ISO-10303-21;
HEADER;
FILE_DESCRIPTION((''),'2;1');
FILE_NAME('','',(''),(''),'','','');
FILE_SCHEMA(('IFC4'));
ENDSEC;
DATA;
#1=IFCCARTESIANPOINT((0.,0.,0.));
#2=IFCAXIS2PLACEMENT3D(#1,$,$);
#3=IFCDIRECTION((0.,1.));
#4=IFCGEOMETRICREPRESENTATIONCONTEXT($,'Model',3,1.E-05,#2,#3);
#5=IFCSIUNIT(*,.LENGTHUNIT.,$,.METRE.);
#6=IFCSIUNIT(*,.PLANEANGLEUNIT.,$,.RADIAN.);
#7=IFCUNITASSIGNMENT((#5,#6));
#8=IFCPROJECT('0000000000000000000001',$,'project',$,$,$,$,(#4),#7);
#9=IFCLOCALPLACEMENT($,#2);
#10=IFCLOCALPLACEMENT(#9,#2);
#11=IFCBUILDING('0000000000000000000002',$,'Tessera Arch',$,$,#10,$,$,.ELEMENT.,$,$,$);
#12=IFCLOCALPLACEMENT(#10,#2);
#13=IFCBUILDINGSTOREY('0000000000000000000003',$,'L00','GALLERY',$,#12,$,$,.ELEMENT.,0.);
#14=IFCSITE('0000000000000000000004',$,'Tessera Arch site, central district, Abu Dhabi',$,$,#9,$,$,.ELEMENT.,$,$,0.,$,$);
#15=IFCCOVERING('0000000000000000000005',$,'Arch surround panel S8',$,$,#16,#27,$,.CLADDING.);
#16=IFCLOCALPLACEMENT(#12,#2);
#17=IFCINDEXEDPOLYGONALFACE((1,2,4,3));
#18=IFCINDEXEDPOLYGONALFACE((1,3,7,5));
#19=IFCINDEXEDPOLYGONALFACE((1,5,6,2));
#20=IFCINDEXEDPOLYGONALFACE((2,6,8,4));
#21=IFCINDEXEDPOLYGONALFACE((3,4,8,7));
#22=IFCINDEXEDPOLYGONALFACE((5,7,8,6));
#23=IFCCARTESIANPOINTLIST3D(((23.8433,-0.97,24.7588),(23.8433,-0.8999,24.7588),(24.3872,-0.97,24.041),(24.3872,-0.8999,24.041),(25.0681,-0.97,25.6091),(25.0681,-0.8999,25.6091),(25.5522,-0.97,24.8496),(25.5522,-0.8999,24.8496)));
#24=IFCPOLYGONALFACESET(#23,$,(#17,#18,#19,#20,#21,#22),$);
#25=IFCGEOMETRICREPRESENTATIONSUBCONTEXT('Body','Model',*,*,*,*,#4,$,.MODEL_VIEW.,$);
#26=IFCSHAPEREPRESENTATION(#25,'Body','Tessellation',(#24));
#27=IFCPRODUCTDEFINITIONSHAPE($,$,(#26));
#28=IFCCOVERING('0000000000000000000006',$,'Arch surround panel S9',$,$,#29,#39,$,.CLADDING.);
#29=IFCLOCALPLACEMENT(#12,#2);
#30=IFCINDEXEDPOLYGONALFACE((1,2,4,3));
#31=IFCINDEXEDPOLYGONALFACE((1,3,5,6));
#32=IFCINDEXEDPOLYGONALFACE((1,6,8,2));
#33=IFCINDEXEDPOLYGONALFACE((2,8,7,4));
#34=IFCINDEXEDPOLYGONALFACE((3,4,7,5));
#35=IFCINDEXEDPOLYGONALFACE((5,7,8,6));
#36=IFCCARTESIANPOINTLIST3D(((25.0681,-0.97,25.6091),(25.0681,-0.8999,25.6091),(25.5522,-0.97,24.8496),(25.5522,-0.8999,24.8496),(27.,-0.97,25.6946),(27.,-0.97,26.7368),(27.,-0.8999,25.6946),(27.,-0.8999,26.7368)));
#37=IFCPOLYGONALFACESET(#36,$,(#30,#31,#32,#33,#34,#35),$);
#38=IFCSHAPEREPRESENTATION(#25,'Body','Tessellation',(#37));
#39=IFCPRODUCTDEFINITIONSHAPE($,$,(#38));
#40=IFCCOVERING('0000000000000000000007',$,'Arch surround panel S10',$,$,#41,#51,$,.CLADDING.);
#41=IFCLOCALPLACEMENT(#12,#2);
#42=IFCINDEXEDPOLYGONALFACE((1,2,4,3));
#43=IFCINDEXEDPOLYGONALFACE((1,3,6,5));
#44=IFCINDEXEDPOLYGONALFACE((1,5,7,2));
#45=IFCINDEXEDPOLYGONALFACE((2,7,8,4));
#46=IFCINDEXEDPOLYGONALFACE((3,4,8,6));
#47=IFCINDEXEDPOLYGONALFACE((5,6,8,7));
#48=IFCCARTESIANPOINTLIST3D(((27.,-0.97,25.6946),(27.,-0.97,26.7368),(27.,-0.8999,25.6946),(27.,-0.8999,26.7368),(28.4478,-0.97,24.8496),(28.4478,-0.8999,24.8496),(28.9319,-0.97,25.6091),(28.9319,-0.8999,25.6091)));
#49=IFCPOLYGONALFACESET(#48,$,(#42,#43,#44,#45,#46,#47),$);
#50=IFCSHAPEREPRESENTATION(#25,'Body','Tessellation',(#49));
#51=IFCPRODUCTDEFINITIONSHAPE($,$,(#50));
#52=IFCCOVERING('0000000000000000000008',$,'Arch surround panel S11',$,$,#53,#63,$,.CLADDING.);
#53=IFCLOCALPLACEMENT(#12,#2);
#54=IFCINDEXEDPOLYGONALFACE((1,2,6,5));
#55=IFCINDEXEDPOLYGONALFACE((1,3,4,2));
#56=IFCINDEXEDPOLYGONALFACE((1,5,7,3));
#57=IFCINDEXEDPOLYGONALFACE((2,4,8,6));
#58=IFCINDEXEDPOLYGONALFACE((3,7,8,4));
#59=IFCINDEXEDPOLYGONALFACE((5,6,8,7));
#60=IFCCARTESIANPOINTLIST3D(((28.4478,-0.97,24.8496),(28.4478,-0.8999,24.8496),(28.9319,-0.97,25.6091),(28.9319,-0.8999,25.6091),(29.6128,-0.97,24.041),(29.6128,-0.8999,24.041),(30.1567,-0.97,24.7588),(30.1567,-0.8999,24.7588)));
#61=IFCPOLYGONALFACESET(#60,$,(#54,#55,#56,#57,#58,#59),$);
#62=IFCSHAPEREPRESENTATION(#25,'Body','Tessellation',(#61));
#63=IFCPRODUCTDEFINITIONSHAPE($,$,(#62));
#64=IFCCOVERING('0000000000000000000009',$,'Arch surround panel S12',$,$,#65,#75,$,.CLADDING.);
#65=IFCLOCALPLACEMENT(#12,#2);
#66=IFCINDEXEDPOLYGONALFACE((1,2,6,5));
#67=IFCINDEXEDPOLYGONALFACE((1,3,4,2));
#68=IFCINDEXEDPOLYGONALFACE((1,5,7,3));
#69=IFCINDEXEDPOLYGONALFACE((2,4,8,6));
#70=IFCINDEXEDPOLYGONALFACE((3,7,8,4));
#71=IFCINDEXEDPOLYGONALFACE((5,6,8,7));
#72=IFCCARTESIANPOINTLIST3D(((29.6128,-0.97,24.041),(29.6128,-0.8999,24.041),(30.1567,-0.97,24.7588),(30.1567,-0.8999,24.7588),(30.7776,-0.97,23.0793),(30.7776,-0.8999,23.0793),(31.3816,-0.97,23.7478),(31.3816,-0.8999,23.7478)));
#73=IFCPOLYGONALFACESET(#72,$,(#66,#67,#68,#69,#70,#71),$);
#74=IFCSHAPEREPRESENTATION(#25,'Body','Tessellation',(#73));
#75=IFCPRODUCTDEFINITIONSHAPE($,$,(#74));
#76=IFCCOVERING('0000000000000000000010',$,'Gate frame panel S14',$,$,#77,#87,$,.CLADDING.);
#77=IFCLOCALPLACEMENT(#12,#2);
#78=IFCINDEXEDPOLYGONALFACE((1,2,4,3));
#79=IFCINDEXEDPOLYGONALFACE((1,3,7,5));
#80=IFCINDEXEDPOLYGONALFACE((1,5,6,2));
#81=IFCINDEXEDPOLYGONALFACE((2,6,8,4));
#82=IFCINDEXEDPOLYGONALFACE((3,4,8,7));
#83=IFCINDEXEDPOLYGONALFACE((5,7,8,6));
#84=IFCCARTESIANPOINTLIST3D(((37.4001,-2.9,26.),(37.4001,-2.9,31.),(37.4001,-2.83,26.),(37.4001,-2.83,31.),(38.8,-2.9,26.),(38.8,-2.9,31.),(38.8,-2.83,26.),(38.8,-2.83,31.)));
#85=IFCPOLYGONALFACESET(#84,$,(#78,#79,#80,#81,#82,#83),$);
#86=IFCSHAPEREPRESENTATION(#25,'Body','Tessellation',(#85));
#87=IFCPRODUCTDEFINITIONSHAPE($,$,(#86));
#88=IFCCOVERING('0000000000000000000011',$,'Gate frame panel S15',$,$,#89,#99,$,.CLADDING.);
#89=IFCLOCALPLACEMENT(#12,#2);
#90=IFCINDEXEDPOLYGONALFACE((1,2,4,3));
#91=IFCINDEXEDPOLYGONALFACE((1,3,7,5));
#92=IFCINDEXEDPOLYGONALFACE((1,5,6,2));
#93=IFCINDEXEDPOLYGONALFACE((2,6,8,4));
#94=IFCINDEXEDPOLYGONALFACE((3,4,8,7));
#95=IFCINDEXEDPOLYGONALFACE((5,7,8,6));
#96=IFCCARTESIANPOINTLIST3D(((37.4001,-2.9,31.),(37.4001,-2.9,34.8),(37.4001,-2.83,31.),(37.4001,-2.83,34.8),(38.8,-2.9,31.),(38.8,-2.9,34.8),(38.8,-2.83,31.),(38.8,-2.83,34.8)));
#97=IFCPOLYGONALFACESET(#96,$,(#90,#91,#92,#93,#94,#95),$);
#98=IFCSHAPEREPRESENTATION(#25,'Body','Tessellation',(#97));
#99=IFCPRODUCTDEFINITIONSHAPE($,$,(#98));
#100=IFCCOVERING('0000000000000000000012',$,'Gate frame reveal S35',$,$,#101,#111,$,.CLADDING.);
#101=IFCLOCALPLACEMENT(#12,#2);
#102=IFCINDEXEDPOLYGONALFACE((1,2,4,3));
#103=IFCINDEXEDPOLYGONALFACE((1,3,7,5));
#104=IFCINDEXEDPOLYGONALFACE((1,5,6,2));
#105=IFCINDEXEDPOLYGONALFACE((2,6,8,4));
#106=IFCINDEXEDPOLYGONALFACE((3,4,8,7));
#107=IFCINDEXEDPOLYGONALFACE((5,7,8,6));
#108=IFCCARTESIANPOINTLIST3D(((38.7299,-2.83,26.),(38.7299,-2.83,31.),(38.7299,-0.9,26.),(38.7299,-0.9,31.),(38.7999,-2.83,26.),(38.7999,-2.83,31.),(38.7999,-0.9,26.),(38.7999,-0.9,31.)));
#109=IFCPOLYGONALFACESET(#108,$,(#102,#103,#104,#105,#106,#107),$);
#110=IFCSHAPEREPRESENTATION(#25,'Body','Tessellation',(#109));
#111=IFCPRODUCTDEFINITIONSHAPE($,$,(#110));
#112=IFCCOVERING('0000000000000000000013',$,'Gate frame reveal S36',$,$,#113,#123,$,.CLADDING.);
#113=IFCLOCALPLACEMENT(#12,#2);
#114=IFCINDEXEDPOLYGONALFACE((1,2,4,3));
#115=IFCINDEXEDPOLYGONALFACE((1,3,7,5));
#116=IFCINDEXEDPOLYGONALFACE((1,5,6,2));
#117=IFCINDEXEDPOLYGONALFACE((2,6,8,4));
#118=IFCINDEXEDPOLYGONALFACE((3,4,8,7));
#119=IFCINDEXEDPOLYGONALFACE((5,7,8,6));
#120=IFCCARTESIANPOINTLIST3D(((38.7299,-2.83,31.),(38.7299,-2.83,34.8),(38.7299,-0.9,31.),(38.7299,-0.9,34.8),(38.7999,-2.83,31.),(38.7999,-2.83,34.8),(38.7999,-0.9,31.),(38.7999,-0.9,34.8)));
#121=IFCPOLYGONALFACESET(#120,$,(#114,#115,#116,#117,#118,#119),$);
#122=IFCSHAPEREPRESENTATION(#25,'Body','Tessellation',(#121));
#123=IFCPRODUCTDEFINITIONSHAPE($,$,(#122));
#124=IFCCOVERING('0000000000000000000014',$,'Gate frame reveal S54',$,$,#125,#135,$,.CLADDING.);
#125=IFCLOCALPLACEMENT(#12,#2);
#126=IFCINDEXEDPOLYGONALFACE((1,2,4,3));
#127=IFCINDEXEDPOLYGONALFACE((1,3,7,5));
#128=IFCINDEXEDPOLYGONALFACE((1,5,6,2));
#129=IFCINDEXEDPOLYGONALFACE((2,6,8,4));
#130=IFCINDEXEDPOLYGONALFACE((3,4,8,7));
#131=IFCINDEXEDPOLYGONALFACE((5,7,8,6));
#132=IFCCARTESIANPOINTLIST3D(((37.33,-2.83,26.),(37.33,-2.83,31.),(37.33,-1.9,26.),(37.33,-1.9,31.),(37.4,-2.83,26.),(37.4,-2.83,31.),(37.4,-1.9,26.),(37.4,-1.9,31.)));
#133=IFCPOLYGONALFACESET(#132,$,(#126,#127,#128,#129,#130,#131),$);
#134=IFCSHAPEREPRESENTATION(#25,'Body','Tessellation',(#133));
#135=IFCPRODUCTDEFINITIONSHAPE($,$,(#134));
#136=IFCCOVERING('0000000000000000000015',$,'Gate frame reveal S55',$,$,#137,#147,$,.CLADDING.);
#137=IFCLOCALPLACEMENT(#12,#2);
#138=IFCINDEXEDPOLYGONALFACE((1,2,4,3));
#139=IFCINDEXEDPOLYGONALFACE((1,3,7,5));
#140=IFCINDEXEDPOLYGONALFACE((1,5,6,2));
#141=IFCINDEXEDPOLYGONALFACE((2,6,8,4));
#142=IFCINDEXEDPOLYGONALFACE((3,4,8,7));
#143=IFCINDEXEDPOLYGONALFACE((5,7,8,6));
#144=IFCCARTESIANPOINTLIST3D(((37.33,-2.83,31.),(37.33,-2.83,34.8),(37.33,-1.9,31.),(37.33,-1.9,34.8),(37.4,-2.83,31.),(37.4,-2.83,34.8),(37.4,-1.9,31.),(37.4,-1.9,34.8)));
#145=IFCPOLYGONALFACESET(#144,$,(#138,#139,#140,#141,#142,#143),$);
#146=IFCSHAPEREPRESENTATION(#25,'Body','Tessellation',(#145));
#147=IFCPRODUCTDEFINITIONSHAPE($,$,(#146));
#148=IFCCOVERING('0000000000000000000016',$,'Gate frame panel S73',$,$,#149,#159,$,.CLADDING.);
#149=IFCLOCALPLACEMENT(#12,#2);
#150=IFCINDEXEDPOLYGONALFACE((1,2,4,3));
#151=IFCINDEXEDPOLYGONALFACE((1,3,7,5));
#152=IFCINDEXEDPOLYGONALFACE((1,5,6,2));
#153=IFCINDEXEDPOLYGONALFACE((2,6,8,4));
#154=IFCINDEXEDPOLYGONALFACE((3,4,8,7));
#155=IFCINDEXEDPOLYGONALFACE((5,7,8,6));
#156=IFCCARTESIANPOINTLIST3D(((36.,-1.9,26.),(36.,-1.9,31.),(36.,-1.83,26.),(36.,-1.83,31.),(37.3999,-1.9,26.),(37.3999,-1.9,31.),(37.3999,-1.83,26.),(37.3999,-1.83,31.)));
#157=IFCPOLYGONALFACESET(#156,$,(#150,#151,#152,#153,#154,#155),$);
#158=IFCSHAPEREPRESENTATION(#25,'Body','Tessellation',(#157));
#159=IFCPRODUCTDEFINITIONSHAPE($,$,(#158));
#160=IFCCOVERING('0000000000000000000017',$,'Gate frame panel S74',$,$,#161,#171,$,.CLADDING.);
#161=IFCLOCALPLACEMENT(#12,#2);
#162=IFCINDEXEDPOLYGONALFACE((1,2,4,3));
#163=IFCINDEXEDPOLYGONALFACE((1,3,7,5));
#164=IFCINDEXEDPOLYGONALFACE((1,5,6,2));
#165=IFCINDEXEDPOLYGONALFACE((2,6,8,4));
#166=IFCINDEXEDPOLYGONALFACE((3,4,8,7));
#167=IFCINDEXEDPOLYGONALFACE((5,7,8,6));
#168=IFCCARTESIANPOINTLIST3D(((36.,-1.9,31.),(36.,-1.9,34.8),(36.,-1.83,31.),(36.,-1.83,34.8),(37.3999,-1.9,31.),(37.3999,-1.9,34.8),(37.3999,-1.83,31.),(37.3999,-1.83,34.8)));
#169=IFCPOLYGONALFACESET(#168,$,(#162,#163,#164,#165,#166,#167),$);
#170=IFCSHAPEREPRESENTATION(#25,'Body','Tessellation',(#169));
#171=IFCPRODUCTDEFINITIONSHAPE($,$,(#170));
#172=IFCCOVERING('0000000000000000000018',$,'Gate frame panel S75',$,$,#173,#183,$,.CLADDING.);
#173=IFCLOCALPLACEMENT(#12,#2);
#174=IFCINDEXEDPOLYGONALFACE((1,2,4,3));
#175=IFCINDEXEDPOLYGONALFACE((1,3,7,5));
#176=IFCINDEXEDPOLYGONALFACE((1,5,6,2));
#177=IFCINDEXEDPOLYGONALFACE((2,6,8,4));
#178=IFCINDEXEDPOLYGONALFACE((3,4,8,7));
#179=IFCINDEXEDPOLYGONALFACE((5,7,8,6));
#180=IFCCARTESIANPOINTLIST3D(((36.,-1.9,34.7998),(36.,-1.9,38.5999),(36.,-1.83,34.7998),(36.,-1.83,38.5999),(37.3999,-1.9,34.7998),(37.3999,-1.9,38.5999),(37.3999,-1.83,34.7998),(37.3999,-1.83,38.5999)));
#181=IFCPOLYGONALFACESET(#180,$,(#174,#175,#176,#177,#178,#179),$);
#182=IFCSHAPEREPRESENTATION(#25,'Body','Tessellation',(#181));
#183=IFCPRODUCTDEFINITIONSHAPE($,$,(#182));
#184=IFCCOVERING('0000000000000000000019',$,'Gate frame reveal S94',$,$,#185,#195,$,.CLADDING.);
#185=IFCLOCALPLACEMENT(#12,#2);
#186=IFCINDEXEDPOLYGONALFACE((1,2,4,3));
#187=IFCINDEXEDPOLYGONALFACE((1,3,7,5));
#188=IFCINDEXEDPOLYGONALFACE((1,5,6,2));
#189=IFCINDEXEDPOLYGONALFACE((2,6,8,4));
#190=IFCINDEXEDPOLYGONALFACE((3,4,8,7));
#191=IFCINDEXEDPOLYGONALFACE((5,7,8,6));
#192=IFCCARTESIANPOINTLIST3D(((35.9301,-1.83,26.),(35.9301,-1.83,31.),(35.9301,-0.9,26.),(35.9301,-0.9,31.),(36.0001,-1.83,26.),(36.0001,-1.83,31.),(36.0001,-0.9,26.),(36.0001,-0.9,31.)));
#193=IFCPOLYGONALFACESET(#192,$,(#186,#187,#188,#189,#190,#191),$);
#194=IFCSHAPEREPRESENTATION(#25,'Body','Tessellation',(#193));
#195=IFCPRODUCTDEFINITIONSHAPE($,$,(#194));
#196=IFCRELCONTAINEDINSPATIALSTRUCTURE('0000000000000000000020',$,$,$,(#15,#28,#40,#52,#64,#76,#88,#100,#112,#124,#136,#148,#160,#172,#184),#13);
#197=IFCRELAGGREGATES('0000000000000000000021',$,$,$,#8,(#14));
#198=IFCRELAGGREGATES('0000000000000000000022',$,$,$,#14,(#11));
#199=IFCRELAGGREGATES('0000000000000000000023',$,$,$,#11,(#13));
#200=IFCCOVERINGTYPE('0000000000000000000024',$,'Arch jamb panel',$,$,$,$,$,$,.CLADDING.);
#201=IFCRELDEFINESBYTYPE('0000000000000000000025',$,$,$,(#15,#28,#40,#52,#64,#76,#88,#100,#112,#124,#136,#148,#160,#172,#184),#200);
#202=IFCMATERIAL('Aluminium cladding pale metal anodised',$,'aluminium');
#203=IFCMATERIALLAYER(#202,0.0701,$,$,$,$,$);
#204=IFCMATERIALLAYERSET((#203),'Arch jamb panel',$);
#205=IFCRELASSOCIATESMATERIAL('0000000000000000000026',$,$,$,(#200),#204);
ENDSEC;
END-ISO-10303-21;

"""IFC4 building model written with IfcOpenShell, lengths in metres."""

from ifc_helpers import new_model, si_unit, direction, frame, origin, origin_2d, place, context, subcontext, project, spatial, polyline, rectangle, outline, extrude, material, layer, layer_set, type_object, element, save


model = new_model("IFC4")

# Units and contexts
model_context = context("Model", 3, precision=1e-05, world=origin(), true_north=direction((0.0, 1.0)))
body_context = subcontext(model_context, "Body", "Model", "MODEL_VIEW")
ifc_project = project(units=[si_unit("LENGTHUNIT", "METRE"), si_unit("PLANEANGLEUNIT", "RADIAN")], contexts=[model_context])

# Site, building, storey
site_placement = place(None, origin())
site = spatial("IfcSite", under=ifc_project, at=site_placement, Name="Tessera Arch site, central district, Abu Dhabi", CompositionType="ELEMENT", RefElevation=0.0)
building_placement = place(site_placement, origin())
building = spatial("IfcBuilding", under=site, at=building_placement, Name="Tessera Arch", CompositionType="ELEMENT")
storey_placement = place(building_placement, origin())
storey = spatial("IfcBuildingStorey", under=building, at=storey_placement, Name="L00", Description="GALLERY", CompositionType="ELEMENT", Elevation=0.0)

# Coverings
ifc_material = material(Name="Aluminium cladding pale metal anodised", Category="aluminium")
ifc_layer = layer(ifc_material, 0.0701)
ifc_layer_set = layer_set([ifc_layer], Name="Arch jamb panel")
covering_type = type_object("IfcCoveringType", Name="Arch jamb panel", PredefinedType="CLADDING", material=ifc_layer_set)
covering_1_placement = place(storey_placement, frame((23.8433, -0.8999, 24.7588), z_axis=(0.0, 1.0, 0.0), x_axis=(0.821449, 0.0, 0.570282)))
element("IfcCovering", 1, at=covering_1_placement, inside=storey, type_object=covering_type, Name="Arch surround panel S8", PredefinedType="CLADDING", context=body_context, shape_type="SweptSolid", body=[
    extrude(outline(polyline([(0.0, 0.0), (1.4911, 0.0), (1.4556, 0.9), (0.0375, 0.8998), (0.0, 0.0)])), origin(), (0.0, 0.0, -1.0), 0.0701),
])
covering_2_placement = place(storey_placement, frame((25.0681, -0.8999, 25.6091), z_axis=(0.0, 1.0, 0.0), x_axis=(0.863632, 0.0, 0.504122)))
element("IfcCovering", 2, at=covering_2_placement, inside=storey, type_object=covering_type, Name="Arch surround panel S9", PredefinedType="CLADDING", context=body_context, shape_type="SweptSolid", body=[
    extrude(outline(polyline([(0.0, 0.0), (2.2369, 0.0), (1.7115, 0.9001), (0.0352, 0.9), (0.0, 0.0)])), origin(), (0.0, 0.0, -1.0), 0.0701),
])
covering_3_placement = place(storey_placement, frame((27.0, -0.8999, 26.7368), z_axis=(0.0, 1.0, 0.0), x_axis=(0.863632, 0.0, -0.504122)))
element("IfcCovering", 3, at=covering_3_placement, inside=storey, type_object=covering_type, Name="Arch surround panel S10", PredefinedType="CLADDING", context=body_context, shape_type="SweptSolid", body=[
    extrude(outline(polyline([(0.0, 0.0), (2.2369, 0.0), (2.2017, 0.9), (0.5254, 0.9001), (0.0, 0.0)])), origin(), (0.0, 0.0, -1.0), 0.0701),
])
covering_4_placement = place(storey_placement, frame((28.9319, -0.8999, 25.6091), z_axis=(0.0, 1.0, 0.0), x_axis=(0.821449, 0.0, -0.570282)))
element("IfcCovering", 4, at=covering_4_placement, inside=storey, type_object=covering_type, Name="Arch surround panel S11", PredefinedType="CLADDING", context=body_context, shape_type="SweptSolid", body=[
    extrude(outline(polyline([(0.0, 0.0), (1.4911, 0.0), (1.4536, 0.8998), (0.0355, 0.9), (0.0, 0.0)])), origin(), (0.0, 0.0, -1.0), 0.0701),
])
covering_5_placement = place(storey_placement, frame((30.1567, -0.8999, 24.7588), z_axis=(0.0, 1.0, 0.0), x_axis=(0.771224, 0.0, -0.636564)))
element("IfcCovering", 5, at=covering_5_placement, inside=storey, type_object=covering_type, Name="Arch surround panel S12", PredefinedType="CLADDING", context=body_context, shape_type="SweptSolid", body=[
    extrude(outline(polyline([(0.0, 0.0), (1.5882, 0.0), (1.5479, 0.9), (0.0374, 0.8998), (0.0, 0.0)])), origin(), (0.0, 0.0, -1.0), 0.0701),
])
covering_6_placement = place(storey_placement, frame((38.1001, -2.865, 26.0), z_axis=(0.0, 0.0, 1.0), x_axis=(1.0, 0.0, 0.0)))
element("IfcCovering", 6, at=covering_6_placement, inside=storey, type_object=covering_type, Name="Gate frame panel S14", PredefinedType="CLADDING", context=body_context, shape_type="SweptSolid", body=[
    extrude(rectangle(XDim=1.3999, YDim=0.0701, at=origin_2d()), origin(), (0.0, 0.0, 1.0), 5.0),
])
covering_7_placement = place(storey_placement, frame((38.1001, -2.865, 31.0), z_axis=(0.0, 0.0, 1.0), x_axis=(1.0, 0.0, 0.0)))
element("IfcCovering", 7, at=covering_7_placement, inside=storey, type_object=covering_type, Name="Gate frame panel S15", PredefinedType="CLADDING", context=body_context, shape_type="SweptSolid", body=[
    extrude(rectangle(XDim=1.3999, YDim=0.0701, at=origin_2d()), origin(), (0.0, 0.0, 1.0), 3.8),
])
covering_8_placement = place(storey_placement, frame((38.7649, -1.865, 26.0), z_axis=(0.0, 0.0, 1.0), x_axis=(1.0, 0.0, 0.0)))
element("IfcCovering", 8, at=covering_8_placement, inside=storey, type_object=covering_type, Name="Gate frame reveal S35", PredefinedType="CLADDING", context=body_context, shape_type="SweptSolid", body=[
    extrude(rectangle(XDim=0.0701, YDim=1.9299, at=origin_2d()), origin(), (0.0, 0.0, 1.0), 5.0),
])
covering_9_placement = place(storey_placement, frame((38.7649, -1.865, 31.0), z_axis=(0.0, 0.0, 1.0), x_axis=(1.0, 0.0, 0.0)))
element("IfcCovering", 9, at=covering_9_placement, inside=storey, type_object=covering_type, Name="Gate frame reveal S36", PredefinedType="CLADDING", context=body_context, shape_type="SweptSolid", body=[
    extrude(rectangle(XDim=0.0701, YDim=1.9299, at=origin_2d()), origin(), (0.0, 0.0, 1.0), 3.8),
])
covering_10_placement = place(storey_placement, frame((37.365, -2.365, 26.0), z_axis=(0.0, 0.0, 1.0), x_axis=(1.0, 0.0, 0.0)))
element("IfcCovering", 10, at=covering_10_placement, inside=storey, type_object=covering_type, Name="Gate frame reveal S54", PredefinedType="CLADDING", context=body_context, shape_type="SweptSolid", body=[
    extrude(rectangle(XDim=0.0701, YDim=0.9299, at=origin_2d()), origin(), (0.0, 0.0, 1.0), 5.0),
])
covering_11_placement = place(storey_placement, frame((37.365, -2.365, 31.0), z_axis=(0.0, 0.0, 1.0), x_axis=(1.0, 0.0, 0.0)))
element("IfcCovering", 11, at=covering_11_placement, inside=storey, type_object=covering_type, Name="Gate frame reveal S55", PredefinedType="CLADDING", context=body_context, shape_type="SweptSolid", body=[
    extrude(rectangle(XDim=0.0701, YDim=0.9299, at=origin_2d()), origin(), (0.0, 0.0, 1.0), 3.8),
])
covering_12_placement = place(storey_placement, frame((36.7, -1.865, 26.0), z_axis=(0.0, 0.0, 1.0), x_axis=(1.0, 0.0, 0.0)))
element("IfcCovering", 12, at=covering_12_placement, inside=storey, type_object=covering_type, Name="Gate frame panel S73", PredefinedType="CLADDING", context=body_context, shape_type="SweptSolid", body=[
    extrude(rectangle(XDim=1.3999, YDim=0.0701, at=origin_2d()), origin(), (0.0, 0.0, 1.0), 5.0),
])
for number, where, z_axis, x_axis, name in (
    (13, (36.7, -1.865, 31.0), (0.0, 0.0, 1.0), (1.0, 0.0, 0.0), "Gate frame panel S74"),
    (14, (36.7, -1.865, 34.7998), (0.0, 0.0, 1.0), (1.0, 0.0, 0.0), "Gate frame panel S75"),
):
    element("IfcCovering", number, at=place(storey_placement, frame(where, z_axis=z_axis, x_axis=x_axis)), inside=storey, type_object=covering_type, Name=name, PredefinedType="CLADDING", context=body_context, shape_type="SweptSolid", body=[
        extrude(rectangle(XDim=1.3999, YDim=0.0701, at=origin_2d()), origin(), (0.0, 0.0, 1.0), 3.8),
    ])
covering_13_placement = place(storey_placement, frame((35.9651, -1.365, 26.0), z_axis=(0.0, 0.0, 1.0), x_axis=(1.0, 0.0, 0.0)))
element("IfcCovering", 15, at=covering_13_placement, inside=storey, type_object=covering_type, Name="Gate frame reveal S94", PredefinedType="CLADDING", context=body_context, shape_type="SweptSolid", body=[
    extrude(rectangle(XDim=0.0701, YDim=0.9299, at=origin_2d()), origin(), (0.0, 0.0, 1.0), 5.0),
])

save(model, "model.ifc")
